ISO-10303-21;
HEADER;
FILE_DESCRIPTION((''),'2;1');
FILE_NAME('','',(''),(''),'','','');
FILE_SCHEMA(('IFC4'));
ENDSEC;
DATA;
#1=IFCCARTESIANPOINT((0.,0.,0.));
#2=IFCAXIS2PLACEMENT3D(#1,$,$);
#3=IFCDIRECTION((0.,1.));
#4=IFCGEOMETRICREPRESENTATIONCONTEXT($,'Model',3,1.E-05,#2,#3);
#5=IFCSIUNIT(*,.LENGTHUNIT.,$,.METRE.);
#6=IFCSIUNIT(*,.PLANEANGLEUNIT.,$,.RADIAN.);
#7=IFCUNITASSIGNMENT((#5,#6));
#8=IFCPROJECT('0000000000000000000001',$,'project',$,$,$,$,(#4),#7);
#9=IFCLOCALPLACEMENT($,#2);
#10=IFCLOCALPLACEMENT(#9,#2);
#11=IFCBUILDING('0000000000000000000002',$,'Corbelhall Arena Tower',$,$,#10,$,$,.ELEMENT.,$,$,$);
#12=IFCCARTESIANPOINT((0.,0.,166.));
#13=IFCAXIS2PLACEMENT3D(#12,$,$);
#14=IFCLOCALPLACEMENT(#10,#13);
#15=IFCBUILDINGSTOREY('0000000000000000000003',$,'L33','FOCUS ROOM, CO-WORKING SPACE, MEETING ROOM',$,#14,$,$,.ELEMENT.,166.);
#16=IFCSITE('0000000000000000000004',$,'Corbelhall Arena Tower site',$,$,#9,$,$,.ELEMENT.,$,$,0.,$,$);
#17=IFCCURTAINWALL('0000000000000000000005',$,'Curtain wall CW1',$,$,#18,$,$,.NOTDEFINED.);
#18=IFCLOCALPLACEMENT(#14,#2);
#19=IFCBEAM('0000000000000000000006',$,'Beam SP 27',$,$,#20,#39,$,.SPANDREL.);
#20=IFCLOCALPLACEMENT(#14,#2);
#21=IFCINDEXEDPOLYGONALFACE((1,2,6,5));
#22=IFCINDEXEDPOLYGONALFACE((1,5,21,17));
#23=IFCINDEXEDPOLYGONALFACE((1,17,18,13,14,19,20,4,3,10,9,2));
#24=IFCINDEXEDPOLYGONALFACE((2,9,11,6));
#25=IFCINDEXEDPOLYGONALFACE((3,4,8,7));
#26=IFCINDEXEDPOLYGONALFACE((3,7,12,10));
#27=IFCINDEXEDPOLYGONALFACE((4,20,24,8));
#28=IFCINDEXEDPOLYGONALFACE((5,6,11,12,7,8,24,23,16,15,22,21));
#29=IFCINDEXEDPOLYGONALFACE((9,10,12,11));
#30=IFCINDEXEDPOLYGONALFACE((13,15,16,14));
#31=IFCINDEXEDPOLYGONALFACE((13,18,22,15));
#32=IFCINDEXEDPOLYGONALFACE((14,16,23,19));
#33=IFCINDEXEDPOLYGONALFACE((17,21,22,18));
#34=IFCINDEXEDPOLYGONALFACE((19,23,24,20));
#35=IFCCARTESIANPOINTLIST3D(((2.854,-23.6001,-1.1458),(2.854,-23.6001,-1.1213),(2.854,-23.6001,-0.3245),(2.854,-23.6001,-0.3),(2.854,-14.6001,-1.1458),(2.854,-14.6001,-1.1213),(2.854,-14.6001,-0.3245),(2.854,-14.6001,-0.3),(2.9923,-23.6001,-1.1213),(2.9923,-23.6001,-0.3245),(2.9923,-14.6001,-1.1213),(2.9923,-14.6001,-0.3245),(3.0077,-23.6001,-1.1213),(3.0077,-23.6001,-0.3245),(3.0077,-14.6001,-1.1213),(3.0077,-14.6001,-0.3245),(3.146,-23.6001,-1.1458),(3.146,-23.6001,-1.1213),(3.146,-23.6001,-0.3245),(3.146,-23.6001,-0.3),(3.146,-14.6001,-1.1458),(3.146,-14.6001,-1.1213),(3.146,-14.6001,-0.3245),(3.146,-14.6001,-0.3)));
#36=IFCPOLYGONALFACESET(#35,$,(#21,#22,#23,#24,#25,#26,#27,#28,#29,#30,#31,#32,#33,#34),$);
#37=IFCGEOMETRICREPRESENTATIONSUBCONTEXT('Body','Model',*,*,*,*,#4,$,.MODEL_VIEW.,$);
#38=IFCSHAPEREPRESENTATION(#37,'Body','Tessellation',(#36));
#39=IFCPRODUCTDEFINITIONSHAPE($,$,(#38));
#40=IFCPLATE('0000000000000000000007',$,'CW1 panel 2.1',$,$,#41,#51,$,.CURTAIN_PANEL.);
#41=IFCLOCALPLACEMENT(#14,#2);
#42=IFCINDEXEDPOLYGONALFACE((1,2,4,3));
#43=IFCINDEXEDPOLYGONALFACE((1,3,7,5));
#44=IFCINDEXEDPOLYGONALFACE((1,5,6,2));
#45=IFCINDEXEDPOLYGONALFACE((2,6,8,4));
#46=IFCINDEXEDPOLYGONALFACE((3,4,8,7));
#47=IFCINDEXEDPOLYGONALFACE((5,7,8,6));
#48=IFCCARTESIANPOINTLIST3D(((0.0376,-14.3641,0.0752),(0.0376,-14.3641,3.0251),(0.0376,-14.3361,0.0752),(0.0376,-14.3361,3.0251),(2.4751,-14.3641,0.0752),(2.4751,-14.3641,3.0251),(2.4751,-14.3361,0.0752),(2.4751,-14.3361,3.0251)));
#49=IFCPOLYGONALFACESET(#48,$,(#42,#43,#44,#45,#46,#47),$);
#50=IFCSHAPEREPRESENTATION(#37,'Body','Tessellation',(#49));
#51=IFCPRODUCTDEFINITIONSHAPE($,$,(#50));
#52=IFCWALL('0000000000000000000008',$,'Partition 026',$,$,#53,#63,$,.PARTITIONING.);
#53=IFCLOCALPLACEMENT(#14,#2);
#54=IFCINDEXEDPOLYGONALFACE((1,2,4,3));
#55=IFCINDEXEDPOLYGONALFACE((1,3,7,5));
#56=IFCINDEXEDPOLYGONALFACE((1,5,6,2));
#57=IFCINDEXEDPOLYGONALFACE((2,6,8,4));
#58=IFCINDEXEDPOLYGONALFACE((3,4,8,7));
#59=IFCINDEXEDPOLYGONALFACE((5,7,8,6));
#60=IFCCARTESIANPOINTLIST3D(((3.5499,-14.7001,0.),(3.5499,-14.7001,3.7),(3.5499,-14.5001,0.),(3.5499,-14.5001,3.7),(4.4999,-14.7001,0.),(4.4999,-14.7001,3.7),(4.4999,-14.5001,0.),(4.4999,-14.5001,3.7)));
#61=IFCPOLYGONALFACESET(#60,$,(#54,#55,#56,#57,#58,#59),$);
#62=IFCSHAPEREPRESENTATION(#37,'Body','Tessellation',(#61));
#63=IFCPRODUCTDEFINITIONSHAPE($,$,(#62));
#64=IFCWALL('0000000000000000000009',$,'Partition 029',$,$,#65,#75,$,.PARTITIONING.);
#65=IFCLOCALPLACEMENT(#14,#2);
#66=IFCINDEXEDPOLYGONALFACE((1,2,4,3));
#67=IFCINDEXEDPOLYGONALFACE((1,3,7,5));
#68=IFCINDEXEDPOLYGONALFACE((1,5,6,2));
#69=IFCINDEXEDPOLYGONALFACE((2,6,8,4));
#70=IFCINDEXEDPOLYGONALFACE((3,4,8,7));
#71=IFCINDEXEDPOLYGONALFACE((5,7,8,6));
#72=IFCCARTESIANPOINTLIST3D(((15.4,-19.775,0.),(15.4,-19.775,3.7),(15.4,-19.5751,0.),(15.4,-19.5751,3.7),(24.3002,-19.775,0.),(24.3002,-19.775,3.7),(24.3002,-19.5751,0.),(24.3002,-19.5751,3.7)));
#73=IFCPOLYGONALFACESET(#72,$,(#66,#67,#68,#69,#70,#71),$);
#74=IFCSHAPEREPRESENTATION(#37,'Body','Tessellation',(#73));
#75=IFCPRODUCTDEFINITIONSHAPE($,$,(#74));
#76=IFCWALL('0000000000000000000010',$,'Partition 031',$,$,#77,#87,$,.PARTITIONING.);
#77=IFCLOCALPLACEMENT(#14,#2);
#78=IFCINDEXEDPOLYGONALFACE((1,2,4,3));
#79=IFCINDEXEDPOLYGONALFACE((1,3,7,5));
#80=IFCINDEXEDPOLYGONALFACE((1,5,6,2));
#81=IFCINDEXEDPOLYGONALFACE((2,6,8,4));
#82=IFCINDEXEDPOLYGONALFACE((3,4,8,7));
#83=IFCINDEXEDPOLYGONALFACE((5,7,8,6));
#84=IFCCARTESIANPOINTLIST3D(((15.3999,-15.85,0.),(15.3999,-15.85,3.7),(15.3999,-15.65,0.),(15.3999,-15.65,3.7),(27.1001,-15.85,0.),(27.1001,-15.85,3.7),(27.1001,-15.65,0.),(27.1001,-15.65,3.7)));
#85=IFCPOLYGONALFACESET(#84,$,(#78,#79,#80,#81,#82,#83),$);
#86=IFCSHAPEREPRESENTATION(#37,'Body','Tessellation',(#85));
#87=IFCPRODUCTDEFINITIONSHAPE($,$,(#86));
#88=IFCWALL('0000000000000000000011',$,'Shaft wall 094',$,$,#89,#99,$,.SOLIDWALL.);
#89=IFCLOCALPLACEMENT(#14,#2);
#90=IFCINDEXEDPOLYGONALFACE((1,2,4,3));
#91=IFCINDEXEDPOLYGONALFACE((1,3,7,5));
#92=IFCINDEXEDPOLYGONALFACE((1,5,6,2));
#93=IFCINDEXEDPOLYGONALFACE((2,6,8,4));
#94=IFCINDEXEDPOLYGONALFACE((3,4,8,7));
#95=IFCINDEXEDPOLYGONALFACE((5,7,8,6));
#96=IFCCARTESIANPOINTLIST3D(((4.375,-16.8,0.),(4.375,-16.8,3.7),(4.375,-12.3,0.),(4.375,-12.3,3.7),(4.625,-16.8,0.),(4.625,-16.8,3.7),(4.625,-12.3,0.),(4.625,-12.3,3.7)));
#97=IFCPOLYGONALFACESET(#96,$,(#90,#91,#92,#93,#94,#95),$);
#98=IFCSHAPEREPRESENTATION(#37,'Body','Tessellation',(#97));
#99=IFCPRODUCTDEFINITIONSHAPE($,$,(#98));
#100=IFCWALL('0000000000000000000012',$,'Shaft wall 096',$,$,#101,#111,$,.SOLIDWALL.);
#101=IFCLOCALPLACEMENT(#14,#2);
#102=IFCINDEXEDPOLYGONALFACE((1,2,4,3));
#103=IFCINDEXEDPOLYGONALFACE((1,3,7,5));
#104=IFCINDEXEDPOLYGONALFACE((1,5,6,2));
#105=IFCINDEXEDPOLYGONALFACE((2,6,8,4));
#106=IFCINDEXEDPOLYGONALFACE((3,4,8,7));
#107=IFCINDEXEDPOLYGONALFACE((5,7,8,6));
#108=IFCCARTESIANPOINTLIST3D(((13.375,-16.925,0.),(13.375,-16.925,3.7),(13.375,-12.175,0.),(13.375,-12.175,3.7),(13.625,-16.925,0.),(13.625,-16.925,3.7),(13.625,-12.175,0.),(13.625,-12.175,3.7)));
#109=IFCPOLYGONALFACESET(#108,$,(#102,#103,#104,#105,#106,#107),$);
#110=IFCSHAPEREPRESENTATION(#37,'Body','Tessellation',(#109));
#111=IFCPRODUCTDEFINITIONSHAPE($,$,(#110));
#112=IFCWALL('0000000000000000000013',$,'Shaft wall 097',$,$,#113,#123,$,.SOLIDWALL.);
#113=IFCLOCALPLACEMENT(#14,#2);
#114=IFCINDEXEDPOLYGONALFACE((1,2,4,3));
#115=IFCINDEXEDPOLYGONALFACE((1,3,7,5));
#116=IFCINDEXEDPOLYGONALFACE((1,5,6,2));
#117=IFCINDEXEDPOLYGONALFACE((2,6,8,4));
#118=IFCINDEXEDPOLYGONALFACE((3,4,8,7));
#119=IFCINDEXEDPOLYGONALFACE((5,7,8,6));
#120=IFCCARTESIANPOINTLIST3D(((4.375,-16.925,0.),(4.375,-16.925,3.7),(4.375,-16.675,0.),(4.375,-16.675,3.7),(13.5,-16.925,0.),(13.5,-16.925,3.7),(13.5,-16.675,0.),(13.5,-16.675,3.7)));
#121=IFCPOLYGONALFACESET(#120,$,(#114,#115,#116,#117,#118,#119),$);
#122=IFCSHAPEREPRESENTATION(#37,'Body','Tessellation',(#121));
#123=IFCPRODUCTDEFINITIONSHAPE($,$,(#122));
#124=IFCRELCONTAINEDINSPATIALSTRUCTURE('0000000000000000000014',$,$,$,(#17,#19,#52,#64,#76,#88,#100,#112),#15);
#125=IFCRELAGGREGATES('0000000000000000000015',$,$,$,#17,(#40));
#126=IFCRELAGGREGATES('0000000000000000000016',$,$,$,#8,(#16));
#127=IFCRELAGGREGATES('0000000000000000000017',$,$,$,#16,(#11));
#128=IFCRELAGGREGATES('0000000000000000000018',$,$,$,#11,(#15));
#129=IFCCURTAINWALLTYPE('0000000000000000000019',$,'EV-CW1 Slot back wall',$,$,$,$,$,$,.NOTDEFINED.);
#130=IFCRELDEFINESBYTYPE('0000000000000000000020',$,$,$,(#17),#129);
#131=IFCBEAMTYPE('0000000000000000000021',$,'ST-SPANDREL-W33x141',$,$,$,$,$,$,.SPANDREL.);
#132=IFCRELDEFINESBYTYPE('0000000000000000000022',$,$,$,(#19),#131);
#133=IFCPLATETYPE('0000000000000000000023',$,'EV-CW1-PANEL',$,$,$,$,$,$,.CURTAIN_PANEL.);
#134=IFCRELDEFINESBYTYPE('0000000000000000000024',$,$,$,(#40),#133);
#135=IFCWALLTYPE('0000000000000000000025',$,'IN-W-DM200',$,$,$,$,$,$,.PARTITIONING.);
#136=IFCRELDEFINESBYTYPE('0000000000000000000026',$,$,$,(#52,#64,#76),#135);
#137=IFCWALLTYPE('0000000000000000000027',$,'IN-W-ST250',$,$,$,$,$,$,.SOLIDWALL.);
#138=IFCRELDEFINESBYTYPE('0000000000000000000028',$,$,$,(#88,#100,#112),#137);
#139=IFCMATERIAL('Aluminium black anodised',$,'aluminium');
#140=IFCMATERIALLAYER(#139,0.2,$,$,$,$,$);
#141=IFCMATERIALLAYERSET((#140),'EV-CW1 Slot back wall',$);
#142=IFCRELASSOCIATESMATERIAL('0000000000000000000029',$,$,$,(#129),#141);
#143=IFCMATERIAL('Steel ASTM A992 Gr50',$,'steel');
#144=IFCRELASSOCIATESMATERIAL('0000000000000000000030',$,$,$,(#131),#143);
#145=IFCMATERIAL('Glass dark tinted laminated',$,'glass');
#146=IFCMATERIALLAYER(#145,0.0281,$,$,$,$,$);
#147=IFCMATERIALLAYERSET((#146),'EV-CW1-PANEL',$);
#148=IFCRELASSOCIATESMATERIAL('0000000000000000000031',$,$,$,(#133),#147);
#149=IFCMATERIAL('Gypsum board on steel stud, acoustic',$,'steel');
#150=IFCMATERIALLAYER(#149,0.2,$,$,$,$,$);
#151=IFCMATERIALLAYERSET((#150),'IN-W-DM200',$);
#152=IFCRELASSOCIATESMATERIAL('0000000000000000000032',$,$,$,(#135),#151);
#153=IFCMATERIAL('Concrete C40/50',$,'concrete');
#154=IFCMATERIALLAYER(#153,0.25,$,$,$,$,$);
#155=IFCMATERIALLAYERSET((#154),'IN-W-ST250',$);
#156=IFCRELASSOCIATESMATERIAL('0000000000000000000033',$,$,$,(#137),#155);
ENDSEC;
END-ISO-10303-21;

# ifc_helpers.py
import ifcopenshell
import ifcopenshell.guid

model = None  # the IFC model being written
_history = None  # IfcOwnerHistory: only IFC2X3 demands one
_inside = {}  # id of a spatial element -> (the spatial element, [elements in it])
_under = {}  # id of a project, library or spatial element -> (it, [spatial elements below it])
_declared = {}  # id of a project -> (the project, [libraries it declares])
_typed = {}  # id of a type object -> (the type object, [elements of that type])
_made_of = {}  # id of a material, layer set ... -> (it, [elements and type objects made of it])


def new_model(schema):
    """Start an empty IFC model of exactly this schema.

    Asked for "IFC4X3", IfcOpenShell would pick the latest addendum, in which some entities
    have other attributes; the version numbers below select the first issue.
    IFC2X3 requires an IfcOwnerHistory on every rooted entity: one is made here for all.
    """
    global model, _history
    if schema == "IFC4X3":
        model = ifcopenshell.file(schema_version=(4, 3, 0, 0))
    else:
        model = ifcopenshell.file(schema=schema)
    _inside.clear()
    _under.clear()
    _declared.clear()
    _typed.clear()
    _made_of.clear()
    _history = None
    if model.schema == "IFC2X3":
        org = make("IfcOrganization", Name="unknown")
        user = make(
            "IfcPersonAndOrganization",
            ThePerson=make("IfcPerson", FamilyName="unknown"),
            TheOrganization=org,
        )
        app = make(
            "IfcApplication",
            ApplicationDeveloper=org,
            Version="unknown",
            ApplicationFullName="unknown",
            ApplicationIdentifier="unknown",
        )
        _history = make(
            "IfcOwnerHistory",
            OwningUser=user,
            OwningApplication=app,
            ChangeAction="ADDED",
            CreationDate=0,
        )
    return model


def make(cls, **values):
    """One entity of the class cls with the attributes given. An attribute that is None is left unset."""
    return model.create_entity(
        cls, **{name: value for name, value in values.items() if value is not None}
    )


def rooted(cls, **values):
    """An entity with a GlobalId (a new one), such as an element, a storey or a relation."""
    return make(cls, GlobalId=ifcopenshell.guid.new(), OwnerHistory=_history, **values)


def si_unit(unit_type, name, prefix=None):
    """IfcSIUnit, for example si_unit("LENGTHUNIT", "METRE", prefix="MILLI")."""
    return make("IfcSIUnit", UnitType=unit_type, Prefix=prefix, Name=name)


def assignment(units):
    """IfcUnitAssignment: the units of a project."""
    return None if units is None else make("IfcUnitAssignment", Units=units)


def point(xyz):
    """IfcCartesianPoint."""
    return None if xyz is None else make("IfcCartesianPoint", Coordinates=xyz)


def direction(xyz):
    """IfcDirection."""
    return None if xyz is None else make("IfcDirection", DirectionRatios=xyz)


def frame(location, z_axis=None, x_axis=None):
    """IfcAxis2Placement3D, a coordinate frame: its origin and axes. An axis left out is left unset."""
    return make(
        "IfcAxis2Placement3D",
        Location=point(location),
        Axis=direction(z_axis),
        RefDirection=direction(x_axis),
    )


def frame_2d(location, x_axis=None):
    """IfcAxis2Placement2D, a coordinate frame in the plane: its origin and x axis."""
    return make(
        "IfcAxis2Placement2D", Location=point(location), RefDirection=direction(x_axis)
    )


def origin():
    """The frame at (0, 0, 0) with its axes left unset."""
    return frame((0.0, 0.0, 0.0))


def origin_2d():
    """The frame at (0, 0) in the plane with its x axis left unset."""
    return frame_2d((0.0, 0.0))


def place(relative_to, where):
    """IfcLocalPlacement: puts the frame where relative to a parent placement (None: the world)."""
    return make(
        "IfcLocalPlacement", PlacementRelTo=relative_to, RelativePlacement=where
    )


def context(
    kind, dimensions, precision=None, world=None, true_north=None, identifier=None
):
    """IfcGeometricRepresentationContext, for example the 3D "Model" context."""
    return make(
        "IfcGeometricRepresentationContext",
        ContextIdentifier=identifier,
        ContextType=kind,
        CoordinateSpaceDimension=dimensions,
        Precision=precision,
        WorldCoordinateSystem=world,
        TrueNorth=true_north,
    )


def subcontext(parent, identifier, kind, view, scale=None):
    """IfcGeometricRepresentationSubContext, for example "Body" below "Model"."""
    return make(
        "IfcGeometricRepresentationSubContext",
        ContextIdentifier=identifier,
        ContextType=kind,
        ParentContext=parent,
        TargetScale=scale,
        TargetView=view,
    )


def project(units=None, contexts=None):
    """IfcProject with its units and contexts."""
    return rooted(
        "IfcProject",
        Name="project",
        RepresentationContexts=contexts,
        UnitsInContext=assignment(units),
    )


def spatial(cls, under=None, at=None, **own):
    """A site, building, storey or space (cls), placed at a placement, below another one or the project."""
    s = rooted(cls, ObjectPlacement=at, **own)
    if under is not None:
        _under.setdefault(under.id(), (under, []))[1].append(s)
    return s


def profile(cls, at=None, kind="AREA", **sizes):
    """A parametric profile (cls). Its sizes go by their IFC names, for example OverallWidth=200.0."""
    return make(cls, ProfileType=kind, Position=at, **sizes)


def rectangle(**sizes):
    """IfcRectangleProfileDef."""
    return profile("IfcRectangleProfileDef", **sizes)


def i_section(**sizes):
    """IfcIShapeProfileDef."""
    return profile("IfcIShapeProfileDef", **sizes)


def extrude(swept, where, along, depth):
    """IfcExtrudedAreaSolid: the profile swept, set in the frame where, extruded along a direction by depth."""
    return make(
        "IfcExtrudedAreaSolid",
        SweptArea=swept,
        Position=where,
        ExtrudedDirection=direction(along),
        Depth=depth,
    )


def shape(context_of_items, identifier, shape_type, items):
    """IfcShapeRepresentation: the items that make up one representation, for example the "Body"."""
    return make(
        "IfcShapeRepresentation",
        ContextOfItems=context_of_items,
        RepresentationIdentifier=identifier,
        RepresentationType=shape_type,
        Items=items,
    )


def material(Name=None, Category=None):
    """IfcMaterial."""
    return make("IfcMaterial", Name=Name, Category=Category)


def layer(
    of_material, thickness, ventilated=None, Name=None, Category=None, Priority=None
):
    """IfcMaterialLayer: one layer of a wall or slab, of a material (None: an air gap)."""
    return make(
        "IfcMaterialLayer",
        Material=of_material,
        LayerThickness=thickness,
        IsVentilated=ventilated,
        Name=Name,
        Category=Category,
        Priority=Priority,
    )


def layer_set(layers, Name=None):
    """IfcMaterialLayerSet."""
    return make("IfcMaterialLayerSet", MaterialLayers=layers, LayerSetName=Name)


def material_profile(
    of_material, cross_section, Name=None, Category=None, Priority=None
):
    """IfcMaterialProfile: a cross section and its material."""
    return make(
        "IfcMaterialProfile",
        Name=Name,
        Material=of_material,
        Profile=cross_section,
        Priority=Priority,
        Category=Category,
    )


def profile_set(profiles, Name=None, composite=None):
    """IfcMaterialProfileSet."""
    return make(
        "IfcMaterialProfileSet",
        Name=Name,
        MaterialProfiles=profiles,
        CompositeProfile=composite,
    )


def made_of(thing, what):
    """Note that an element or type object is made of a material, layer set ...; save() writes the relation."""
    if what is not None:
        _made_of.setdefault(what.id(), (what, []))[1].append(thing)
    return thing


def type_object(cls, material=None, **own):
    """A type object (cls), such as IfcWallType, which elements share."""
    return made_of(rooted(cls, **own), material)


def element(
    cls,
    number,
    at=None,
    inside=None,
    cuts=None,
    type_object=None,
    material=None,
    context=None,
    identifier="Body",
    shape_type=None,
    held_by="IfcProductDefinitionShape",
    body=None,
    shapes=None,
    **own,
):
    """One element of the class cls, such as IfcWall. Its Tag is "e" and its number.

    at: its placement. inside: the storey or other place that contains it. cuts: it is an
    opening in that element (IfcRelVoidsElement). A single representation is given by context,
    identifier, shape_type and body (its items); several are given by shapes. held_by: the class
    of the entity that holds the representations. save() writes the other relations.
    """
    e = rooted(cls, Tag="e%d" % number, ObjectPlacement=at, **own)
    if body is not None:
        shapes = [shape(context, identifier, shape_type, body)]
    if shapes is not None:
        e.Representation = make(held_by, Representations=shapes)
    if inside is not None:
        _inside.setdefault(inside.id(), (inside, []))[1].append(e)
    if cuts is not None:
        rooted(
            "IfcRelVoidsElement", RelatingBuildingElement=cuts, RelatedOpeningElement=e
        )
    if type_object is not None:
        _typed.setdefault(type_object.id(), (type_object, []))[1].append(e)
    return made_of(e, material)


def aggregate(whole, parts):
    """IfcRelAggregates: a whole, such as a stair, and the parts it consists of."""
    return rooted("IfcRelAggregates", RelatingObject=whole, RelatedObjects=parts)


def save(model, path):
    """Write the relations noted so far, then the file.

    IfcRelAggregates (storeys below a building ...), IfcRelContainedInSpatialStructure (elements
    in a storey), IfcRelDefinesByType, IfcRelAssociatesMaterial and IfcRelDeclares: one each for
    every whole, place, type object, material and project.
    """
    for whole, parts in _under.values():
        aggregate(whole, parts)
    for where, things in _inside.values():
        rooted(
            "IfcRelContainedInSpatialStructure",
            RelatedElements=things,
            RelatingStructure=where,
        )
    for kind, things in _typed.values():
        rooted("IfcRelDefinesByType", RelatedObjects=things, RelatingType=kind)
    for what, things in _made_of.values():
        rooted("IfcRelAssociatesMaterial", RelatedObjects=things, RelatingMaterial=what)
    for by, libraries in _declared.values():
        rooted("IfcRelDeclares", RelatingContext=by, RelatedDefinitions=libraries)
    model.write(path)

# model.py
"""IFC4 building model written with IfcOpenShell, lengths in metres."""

from ifc_helpers import new_model, si_unit, direction, frame, frame_2d, origin, origin_2d, place, context, subcontext, project, spatial, rectangle, i_section, extrude, material, layer, layer_set, material_profile, profile_set, type_object, element, aggregate, save


model = new_model("IFC4")

# Units and contexts
model_context = context("Model", 3, precision=1e-05, world=origin(), true_north=direction((0.0, 1.0)))
body_context = subcontext(model_context, "Body", "Model", "MODEL_VIEW")
ifc_project = project(units=[si_unit("LENGTHUNIT", "METRE"), si_unit("PLANEANGLEUNIT", "RADIAN")], contexts=[model_context])

# Site, building, storey
site_placement = place(None, origin())
site = spatial("IfcSite", under=ifc_project, at=site_placement, Name="Corbelhall Arena Tower site", CompositionType="ELEMENT", RefElevation=0.0)
building_placement = place(site_placement, origin())
building = spatial("IfcBuilding", under=site, at=building_placement, Name="Corbelhall Arena Tower", CompositionType="ELEMENT")
storey_placement = place(building_placement, frame((0.0, 0.0, 166.0)))
storey = spatial("IfcBuildingStorey", under=building, at=storey_placement, Name="L33", Description="FOCUS ROOM, CO-WORKING SPACE, MEETING ROOM", CompositionType="ELEMENT", Elevation=166.0)

# Curtain wall
ifc_material_1 = material(Name="Aluminium black anodised", Category="aluminium")
ifc_layer_1 = layer(ifc_material_1, 0.2)
ifc_layer_set_1 = layer_set([ifc_layer_1], Name="EV-CW1 Slot back wall")
curtain_wall_type = type_object("IfcCurtainWallType", Name="EV-CW1 Slot back wall", PredefinedType="NOTDEFINED", material=ifc_layer_set_1)
curtain_wall_placement = place(storey_placement, origin())
curtain_wall = element("IfcCurtainWall", 1, at=curtain_wall_placement, inside=storey, type_object=curtain_wall_type, Name="Curtain wall CW1", PredefinedType="NOTDEFINED")

# Beam
ifc_material_2 = material(Name="Steel ASTM A992 Gr50", Category="steel")
ifc_material_profile_1 = material_profile(ifc_material_2, i_section(OverallWidth=0.292, OverallDepth=0.8457, WebThickness=0.0154, FlangeThickness=0.0244, at=origin_2d()))
ifc_profile_set_1 = profile_set([ifc_material_profile_1], Name="Steel ASTM A992 Gr50")
beam_type_1 = type_object("IfcBeamType", Name="ST-SPANDREL-W33x141", PredefinedType="SPANDREL", material=ifc_profile_set_1)
beam_1_placement = place(storey_placement, frame((3.0, -23.6001, -0.7229), z_axis=(0.0, 1.0, 0.0), x_axis=(-1.0, 0.0, 0.0)))
element("IfcBeam", 2, at=beam_1_placement, inside=storey, type_object=beam_type_1, Name="Beam SP 27", PredefinedType="SPANDREL", context=body_context, shape_type="SweptSolid", body=[
    extrude(i_section(OverallWidth=0.292, OverallDepth=0.8457, WebThickness=0.0154, FlangeThickness=0.0244, at=origin_2d()), origin(), (0.0, 0.0, 1.0), 9.0),
])

# Plate
ifc_material_3 = material(Name="Glass dark tinted laminated", Category="glass")
ifc_layer_2 = layer(ifc_material_3, 0.0281)
ifc_layer_set_2 = layer_set([ifc_layer_2], Name="EV-CW1-PANEL")
plate_type = type_object("IfcPlateType", Name="EV-CW1-PANEL", PredefinedType="CURTAIN_PANEL", material=ifc_layer_set_2)
plate_placement = place(storey_placement, frame((1.2563, -14.3501, 0.0752), z_axis=(0.0, 0.0, 1.0), x_axis=(1.0, 0.0, 0.0)))
plate = element("IfcPlate", 3, at=plate_placement, type_object=plate_type, Name="CW1 panel 2.1", PredefinedType="CURTAIN_PANEL", context=body_context, shape_type="SweptSolid", body=[
    extrude(rectangle(XDim=2.4375, YDim=0.0281, at=origin_2d()), origin(), (0.0, 0.0, 1.0), 2.95),
])
aggregate(curtain_wall, [plate])

# Wall
ifc_material_4 = material(Name="Gypsum board on steel stud, acoustic", Category="steel")
ifc_layer_3 = layer(ifc_material_4, 0.2)
ifc_layer_set_3 = layer_set([ifc_layer_3], Name="IN-W-DM200")
wall_type_1 = type_object("IfcWallType", Name="IN-W-DM200", PredefinedType="PARTITIONING", material=ifc_layer_set_3)
wall_1_placement = place(storey_placement, frame((4.5, -14.6001, 0.0), z_axis=(0.0, 0.0, 1.0), x_axis=(-1.0, 0.0, 0.0)))
element("IfcWall", 4, at=wall_1_placement, inside=storey, type_object=wall_type_1, Name="Partition 026", PredefinedType="PARTITIONING", context=body_context, shape_type="SweptSolid", body=[
    extrude(rectangle(XDim=0.95, YDim=0.2, at=frame_2d((0.4751, 0.0))), origin(), (0.0, 0.0, 1.0), 3.7),
])

# Walls
wall_2_placement = place(storey_placement, frame((15.3999, -19.675, 0.0), z_axis=(0.0, 0.0, 1.0), x_axis=(1.0, 0.0, 0.0)))
element("IfcWall", 5, at=wall_2_placement, inside=storey, type_object=wall_type_1, Name="Partition 029", PredefinedType="PARTITIONING", context=body_context, shape_type="SweptSolid", body=[
    extrude(rectangle(XDim=8.9001, YDim=0.2, at=frame_2d((4.4502, 0.0))), origin(), (0.0, 0.0, 1.0), 3.7),
])
wall_3_placement = place(storey_placement, frame((15.3999, -15.75, 0.0), z_axis=(0.0, 0.0, 1.0), x_axis=(1.0, 0.0, 0.0)))
element("IfcWall", 6, at=wall_3_placement, inside=storey, type_object=wall_type_1, Name="Partition 031", PredefinedType="PARTITIONING", context=body_context, shape_type="SweptSolid", body=[
    extrude(rectangle(XDim=11.7002, YDim=0.2, at=frame_2d((5.8501, 0.0))), origin(), (0.0, 0.0, 1.0), 3.7),
])
ifc_material_5 = material(Name="Concrete C40/50", Category="concrete")
ifc_layer_4 = layer(ifc_material_5, 0.25)
ifc_layer_set_4 = layer_set([ifc_layer_4], Name="IN-W-ST250")
wall_type_2 = type_object("IfcWallType", Name="IN-W-ST250", PredefinedType="SOLIDWALL", material=ifc_layer_set_4)
wall_4_placement = place(storey_placement, frame((4.5, -16.8, 0.0), z_axis=(0.0, 0.0, 1.0), x_axis=(0.0, 1.0, 0.0)))
element("IfcWall", 7, at=wall_4_placement, inside=storey, type_object=wall_type_2, Name="Shaft wall 094", PredefinedType="SOLIDWALL", context=body_context, shape_type="SweptSolid", body=[
    extrude(rectangle(XDim=4.5, YDim=0.25, at=frame_2d((2.25, 0.0))), origin(), (0.0, 0.0, 1.0), 3.7),
])
wall_5_placement = place(storey_placement, frame((13.5, -16.925, 0.0), z_axis=(0.0, 0.0, 1.0), x_axis=(0.0, 1.0, 0.0)))
element("IfcWall", 8, at=wall_5_placement, inside=storey, type_object=wall_type_2, Name="Shaft wall 096", PredefinedType="SOLIDWALL", context=body_context, shape_type="SweptSolid", body=[
    extrude(rectangle(XDim=4.75, YDim=0.25, at=frame_2d((2.375, 0.0))), origin(), (0.0, 0.0, 1.0), 3.7),
])
wall_6_placement = place(storey_placement, frame((13.5, -16.8, 0.0), z_axis=(0.0, 0.0, 1.0), x_axis=(-1.0, 0.0, 0.0)))
element("IfcWall", 9, at=wall_6_placement, inside=storey, type_object=wall_type_2, Name="Shaft wall 097", PredefinedType="SOLIDWALL", context=body_context, shape_type="SweptSolid", body=[
    extrude(rectangle(XDim=9.125, YDim=0.25, at=frame_2d((4.5625, 0.0))), origin(), (0.0, 0.0, 1.0), 3.7),
])

save(model, "model.ifc")
